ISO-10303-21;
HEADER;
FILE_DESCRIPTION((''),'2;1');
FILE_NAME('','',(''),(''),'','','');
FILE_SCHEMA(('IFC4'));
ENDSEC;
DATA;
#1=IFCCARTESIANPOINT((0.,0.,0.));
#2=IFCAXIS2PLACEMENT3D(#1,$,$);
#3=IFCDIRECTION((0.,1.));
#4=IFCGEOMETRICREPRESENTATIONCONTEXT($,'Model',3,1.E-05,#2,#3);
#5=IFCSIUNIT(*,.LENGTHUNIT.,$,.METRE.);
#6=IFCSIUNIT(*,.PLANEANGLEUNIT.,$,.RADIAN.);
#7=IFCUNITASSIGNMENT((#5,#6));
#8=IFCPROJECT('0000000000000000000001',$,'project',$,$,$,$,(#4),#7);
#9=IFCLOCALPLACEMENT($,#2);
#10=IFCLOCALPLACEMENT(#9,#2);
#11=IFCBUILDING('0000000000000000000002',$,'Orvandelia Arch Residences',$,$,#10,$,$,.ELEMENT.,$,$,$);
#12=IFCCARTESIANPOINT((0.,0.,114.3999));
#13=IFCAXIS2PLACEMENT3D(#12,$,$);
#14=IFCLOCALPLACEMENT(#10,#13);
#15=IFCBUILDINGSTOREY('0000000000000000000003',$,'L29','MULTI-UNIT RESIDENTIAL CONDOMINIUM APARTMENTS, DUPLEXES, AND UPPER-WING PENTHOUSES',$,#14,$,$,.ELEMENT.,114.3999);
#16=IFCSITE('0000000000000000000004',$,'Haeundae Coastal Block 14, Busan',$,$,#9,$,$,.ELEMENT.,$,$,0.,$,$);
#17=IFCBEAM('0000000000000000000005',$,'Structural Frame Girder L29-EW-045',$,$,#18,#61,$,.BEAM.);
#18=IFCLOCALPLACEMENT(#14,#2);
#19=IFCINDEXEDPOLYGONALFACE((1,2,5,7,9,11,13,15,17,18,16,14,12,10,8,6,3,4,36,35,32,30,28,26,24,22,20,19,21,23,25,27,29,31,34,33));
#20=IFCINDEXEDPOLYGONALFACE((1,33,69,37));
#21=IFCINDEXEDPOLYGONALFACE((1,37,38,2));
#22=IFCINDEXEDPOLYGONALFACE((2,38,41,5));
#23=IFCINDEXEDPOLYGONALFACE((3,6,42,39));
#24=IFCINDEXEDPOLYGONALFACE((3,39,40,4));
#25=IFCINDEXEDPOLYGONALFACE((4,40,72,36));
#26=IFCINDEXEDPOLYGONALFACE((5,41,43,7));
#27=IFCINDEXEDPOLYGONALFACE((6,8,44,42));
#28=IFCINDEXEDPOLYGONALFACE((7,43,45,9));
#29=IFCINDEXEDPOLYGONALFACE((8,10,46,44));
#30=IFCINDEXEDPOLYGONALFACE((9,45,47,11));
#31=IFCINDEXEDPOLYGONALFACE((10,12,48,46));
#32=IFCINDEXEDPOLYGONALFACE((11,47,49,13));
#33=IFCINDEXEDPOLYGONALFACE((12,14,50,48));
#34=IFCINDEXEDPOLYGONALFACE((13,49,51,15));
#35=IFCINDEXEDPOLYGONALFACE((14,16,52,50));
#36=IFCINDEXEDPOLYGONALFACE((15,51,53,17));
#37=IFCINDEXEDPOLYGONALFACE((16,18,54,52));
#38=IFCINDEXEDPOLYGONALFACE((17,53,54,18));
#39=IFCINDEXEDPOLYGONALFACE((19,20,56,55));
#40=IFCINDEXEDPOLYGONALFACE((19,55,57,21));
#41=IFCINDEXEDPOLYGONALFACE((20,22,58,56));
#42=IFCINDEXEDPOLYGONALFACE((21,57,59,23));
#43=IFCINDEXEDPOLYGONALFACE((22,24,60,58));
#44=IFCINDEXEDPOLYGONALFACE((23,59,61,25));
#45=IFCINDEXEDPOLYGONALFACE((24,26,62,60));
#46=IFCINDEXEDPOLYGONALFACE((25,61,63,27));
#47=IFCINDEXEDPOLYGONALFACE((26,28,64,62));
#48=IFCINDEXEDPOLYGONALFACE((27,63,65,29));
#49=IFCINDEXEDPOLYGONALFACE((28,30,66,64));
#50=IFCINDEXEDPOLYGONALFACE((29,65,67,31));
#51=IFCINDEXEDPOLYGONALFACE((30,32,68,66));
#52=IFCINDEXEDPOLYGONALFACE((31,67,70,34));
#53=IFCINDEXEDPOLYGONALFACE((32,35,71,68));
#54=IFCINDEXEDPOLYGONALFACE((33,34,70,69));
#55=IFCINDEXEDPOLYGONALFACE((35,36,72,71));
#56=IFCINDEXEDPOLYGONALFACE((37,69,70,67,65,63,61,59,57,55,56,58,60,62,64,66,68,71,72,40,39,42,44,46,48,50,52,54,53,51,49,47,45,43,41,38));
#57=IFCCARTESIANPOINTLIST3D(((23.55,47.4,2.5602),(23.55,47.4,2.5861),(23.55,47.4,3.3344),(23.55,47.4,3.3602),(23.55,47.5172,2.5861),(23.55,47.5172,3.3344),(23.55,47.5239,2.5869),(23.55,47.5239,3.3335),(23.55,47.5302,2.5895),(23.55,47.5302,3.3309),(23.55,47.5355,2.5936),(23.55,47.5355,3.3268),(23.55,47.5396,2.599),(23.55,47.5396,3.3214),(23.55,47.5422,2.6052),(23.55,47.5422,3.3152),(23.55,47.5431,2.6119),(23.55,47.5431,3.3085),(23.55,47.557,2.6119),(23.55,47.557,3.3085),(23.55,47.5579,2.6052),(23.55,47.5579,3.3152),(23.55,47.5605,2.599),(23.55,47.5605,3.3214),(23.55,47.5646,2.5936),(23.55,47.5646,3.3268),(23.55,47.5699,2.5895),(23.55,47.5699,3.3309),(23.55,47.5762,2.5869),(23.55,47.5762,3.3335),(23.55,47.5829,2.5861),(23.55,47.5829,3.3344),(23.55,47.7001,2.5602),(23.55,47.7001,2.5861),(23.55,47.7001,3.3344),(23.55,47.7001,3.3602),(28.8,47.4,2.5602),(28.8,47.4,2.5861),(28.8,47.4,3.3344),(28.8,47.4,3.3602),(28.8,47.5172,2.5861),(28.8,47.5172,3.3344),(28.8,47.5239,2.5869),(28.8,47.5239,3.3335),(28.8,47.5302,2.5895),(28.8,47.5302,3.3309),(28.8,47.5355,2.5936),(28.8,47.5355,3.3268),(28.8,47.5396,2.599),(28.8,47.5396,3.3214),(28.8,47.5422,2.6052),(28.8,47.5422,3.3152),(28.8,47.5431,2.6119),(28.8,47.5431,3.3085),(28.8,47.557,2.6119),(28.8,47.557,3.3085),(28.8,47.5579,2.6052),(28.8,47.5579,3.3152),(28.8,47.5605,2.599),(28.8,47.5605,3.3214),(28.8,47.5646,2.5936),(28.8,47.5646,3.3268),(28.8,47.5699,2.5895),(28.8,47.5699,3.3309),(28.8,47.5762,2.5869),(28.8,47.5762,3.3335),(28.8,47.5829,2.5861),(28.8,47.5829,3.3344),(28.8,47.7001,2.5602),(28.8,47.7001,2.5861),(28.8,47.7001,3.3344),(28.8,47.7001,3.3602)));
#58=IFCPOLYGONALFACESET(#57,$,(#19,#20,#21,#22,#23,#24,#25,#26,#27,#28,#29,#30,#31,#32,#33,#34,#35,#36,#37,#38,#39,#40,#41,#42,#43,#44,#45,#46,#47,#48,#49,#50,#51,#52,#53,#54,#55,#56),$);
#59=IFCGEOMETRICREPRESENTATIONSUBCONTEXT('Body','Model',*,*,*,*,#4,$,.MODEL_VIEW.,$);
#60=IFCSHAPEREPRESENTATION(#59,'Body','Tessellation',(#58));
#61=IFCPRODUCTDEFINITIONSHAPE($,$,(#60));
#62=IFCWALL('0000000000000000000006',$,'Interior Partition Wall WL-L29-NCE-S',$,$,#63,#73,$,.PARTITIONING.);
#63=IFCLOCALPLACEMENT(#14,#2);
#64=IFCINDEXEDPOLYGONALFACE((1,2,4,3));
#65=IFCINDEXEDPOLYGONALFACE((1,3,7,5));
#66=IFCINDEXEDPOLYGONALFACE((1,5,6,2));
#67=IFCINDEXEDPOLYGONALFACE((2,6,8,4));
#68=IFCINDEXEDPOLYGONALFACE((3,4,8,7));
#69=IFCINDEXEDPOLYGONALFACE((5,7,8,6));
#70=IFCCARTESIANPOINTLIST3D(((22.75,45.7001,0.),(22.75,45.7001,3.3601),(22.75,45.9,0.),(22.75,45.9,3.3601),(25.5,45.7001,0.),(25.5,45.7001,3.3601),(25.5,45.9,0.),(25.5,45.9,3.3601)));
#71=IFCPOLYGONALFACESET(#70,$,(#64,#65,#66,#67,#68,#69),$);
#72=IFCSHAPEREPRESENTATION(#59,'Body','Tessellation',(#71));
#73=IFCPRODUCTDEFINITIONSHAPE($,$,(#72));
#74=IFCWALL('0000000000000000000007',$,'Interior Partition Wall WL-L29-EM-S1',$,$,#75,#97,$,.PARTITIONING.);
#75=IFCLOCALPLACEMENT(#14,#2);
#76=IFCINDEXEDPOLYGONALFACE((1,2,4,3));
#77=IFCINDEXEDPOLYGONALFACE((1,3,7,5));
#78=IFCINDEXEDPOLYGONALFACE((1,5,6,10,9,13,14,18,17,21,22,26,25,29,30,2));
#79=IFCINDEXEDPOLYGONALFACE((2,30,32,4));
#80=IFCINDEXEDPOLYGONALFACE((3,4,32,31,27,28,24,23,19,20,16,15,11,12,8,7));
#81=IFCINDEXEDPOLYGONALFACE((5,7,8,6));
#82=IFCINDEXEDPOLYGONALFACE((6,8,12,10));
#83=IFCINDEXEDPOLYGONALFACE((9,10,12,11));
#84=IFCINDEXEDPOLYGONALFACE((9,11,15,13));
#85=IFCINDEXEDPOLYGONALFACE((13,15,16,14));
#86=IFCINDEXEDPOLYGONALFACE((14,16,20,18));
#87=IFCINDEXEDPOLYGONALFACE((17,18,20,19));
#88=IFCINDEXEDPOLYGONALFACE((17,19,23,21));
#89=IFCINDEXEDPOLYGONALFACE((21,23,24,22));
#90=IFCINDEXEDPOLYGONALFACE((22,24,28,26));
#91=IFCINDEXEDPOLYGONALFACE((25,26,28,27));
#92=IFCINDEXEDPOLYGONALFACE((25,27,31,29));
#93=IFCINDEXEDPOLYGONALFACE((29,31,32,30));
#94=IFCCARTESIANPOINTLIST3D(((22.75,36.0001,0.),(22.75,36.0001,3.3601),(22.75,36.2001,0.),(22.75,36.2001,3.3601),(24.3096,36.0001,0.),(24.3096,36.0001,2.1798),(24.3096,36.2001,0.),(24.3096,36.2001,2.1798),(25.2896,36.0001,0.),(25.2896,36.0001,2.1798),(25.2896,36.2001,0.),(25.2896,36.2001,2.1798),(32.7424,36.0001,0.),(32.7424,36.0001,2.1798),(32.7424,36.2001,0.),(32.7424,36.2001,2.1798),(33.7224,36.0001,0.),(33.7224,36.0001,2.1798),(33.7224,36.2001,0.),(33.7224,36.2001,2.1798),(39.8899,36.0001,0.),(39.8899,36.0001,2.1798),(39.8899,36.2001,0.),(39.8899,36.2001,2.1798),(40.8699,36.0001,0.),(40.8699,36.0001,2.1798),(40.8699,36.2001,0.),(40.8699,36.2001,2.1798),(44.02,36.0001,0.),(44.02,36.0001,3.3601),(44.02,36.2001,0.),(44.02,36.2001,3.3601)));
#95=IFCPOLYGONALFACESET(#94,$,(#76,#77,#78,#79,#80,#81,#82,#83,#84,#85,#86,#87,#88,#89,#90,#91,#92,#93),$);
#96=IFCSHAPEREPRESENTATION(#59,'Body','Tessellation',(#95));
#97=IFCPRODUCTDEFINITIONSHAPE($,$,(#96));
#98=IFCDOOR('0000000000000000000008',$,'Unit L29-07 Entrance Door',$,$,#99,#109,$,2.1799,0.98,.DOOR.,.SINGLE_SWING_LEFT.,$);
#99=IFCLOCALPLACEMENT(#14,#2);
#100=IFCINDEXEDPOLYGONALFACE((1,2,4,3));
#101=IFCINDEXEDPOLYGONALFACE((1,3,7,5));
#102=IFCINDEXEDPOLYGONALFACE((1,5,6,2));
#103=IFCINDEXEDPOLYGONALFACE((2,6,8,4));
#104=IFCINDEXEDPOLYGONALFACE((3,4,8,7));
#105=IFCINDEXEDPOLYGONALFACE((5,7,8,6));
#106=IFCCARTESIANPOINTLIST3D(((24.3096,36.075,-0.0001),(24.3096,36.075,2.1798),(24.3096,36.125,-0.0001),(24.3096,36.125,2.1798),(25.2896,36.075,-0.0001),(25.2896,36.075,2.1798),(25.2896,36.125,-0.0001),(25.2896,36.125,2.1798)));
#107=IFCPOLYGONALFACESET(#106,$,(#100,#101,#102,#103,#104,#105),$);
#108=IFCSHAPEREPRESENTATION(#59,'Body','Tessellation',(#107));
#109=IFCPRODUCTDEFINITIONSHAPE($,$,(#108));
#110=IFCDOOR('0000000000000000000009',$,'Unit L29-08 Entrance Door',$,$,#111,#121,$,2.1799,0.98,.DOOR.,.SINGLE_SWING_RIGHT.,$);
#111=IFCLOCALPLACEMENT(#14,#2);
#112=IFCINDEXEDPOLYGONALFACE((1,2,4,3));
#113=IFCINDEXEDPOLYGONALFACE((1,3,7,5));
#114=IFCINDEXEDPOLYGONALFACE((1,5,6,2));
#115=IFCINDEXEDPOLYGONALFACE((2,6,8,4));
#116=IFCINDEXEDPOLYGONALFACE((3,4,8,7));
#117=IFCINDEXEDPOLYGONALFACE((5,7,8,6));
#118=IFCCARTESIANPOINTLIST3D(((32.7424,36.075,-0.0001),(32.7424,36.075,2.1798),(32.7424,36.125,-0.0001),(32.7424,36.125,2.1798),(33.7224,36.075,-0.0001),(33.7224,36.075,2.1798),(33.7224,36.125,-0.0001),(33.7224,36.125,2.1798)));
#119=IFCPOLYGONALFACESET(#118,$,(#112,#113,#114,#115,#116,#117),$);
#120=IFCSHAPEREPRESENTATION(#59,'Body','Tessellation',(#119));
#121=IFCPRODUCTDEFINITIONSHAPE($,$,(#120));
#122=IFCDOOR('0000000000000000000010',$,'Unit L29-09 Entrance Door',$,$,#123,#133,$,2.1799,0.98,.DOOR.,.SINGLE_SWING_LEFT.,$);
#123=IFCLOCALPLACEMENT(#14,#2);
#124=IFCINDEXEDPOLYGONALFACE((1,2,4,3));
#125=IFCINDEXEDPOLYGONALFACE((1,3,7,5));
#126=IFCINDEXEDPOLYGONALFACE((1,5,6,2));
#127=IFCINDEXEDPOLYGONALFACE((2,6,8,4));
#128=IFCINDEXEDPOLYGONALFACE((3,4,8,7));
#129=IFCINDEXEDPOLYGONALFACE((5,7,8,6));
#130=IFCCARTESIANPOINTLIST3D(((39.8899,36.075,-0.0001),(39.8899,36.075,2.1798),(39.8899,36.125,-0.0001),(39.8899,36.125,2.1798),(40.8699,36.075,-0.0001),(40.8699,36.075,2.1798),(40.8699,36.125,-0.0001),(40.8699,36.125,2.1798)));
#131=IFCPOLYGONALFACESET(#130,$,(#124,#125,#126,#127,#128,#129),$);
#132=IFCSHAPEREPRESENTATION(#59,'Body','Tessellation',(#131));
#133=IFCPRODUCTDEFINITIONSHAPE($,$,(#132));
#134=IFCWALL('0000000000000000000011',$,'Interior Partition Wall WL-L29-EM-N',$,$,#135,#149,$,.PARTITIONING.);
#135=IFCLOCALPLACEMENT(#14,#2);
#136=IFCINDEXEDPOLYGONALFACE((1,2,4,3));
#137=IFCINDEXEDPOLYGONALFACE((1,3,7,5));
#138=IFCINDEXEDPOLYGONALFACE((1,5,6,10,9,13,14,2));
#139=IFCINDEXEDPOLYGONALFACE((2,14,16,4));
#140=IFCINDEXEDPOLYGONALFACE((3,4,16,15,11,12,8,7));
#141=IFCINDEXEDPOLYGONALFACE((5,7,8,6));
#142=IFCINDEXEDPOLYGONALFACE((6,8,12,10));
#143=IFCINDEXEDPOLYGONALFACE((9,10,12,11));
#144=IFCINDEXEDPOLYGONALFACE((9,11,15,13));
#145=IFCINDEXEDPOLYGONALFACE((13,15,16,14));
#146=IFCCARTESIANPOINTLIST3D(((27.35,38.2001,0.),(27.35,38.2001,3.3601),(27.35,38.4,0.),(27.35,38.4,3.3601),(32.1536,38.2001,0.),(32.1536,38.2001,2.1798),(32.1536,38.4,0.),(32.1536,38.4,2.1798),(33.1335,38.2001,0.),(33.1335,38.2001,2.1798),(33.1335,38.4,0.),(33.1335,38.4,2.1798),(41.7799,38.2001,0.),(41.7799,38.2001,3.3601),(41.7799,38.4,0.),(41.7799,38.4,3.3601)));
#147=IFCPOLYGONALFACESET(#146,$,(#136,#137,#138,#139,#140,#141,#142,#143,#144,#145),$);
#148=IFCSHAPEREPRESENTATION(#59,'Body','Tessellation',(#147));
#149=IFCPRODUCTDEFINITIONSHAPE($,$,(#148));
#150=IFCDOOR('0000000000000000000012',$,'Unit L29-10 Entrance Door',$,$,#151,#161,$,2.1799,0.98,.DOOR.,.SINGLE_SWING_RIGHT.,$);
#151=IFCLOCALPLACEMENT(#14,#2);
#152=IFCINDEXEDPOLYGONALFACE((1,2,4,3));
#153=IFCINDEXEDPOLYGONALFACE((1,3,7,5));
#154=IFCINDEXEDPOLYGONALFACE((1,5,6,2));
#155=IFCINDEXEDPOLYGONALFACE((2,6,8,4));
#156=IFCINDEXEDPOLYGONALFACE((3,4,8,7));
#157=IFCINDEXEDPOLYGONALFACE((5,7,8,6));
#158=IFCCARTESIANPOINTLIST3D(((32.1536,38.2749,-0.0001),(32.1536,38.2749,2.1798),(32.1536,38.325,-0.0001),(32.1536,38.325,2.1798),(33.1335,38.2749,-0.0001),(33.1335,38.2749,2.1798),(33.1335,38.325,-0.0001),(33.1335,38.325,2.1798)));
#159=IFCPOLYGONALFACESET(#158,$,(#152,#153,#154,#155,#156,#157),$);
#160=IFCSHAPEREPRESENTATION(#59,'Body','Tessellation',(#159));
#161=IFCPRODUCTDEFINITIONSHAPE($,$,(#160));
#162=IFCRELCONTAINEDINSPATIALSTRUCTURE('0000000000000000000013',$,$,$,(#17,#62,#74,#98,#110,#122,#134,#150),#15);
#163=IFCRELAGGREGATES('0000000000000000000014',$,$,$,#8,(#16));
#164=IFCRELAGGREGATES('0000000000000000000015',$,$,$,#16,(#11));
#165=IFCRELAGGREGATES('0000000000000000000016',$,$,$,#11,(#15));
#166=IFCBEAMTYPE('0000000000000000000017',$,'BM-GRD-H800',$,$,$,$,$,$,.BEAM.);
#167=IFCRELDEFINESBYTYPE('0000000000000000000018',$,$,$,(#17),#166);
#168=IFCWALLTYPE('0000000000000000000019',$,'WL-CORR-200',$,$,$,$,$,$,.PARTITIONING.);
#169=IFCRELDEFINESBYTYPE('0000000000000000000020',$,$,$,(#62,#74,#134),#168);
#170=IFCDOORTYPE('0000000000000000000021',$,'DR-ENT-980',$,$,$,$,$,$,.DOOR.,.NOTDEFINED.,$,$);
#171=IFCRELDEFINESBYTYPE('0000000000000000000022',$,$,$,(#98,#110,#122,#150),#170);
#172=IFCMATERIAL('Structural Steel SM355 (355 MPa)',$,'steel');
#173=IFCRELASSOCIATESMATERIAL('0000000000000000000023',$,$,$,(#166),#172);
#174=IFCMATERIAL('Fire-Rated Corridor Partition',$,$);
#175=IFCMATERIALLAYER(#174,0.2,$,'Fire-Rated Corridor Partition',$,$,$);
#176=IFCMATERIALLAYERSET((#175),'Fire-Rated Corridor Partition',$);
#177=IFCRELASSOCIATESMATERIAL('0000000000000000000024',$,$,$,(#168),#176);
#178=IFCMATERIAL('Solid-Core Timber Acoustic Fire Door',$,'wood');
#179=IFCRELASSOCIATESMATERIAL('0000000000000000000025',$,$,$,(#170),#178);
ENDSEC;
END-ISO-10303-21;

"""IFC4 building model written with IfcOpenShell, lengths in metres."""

from ifc_helpers import new_model, si_unit, direction, frame, frame_2d, origin, origin_2d, place, context, subcontext, project, spatial, rectangle, i_section, extrude, material, layer, layer_set, material_profile, profile_set, type_object, element, fill, save


model = new_model("IFC4")

# Units and contexts
model_context = context("Model", 3, precision=1e-05, world=origin(), true_north=direction((0.0, 1.0)))
body_context = subcontext(model_context, "Body", "Model", "MODEL_VIEW")
ifc_project = project(units=[si_unit("LENGTHUNIT", "METRE"), si_unit("PLANEANGLEUNIT", "RADIAN")], contexts=[model_context])

# Site, building, storey
site_placement = place(None, origin())
site = spatial("IfcSite", under=ifc_project, at=site_placement, Name="Haeundae Coastal Block 14, Busan", CompositionType="ELEMENT", RefElevation=0.0)
building_placement = place(site_placement, origin())
building = spatial("IfcBuilding", under=site, at=building_placement, Name="Orvandelia Arch Residences", CompositionType="ELEMENT")
storey_placement = place(building_placement, frame((0.0, 0.0, 114.3999)))
storey = spatial("IfcBuildingStorey", under=building, at=storey_placement, Name="L29", Description="MULTI-UNIT RESIDENTIAL CONDOMINIUM APARTMENTS, DUPLEXES, AND UPPER-WING PENTHOUSES", CompositionType="ELEMENT", Elevation=114.3999)

# Beam
ifc_material_1 = material(Name="Structural Steel SM355 (355 MPa)", Category="steel")
ifc_material_profile_1 = material_profile(ifc_material_1, i_section(OverallWidth=0.3, OverallDepth=0.8, WebThickness=0.0139, FlangeThickness=0.0259, FilletRadius=0.0259, at=origin_2d()), Name="Structural Steel SM355 (355 MPa)", Category="steel")
ifc_profile_set_1 = profile_set([ifc_material_profile_1], Name="Structural Steel SM355 (355 MPa)")
beam_type = type_object("IfcBeamType", Name="BM-GRD-H800", PredefinedType="BEAM", material=ifc_profile_set_1)
beam_1_placement = place(storey_placement, frame((23.55, 47.55, 2.9602), z_axis=(1.0, 0.0, 0.0), x_axis=(0.0, 1.0, 0.0)))
element("IfcBeam", 1, at=beam_1_placement, inside=storey, type_object=beam_type, Name="Structural Frame Girder L29-EW-045", PredefinedType="BEAM", context=body_context, shape_type="SweptSolid", body=[
    extrude(i_section(OverallWidth=0.3, OverallDepth=0.8, WebThickness=0.0139, FlangeThickness=0.0259, FilletRadius=0.0259, at=origin_2d()), origin(), (0.0, 0.0, 1.0), 5.25),
])

# Wall
ifc_material_2 = material(Name="Fire-Rated Corridor Partition")
ifc_layer_1 = layer(ifc_material_2, 0.2, Name="Fire-Rated Corridor Partition")
ifc_layer_set_1 = layer_set([ifc_layer_1], Name="Fire-Rated Corridor Partition")
wall_type_1 = type_object("IfcWallType", Name="WL-CORR-200", PredefinedType="PARTITIONING", material=ifc_layer_set_1)
wall_1_placement = place(storey_placement, frame((22.75, 45.8, 0.0), z_axis=(0.0, 0.0, 1.0), x_axis=(1.0, 0.0, 0.0)))
element("IfcWall", 2, at=wall_1_placement, inside=storey, type_object=wall_type_1, Name="Interior Partition Wall WL-L29-NCE-S", PredefinedType="PARTITIONING", context=body_context, shape_type="SweptSolid", body=[
    extrude(rectangle(XDim=2.75, YDim=0.2, at=frame_2d((1.375, 0.0))), origin(), (0.0, 0.0, 1.0), 3.3601),
])

# Wall, openings, doors
wall_2_placement = place(storey_placement, frame((22.75, 36.1001, 0.0), z_axis=(0.0, 0.0, 1.0), x_axis=(1.0, 0.0, 0.0)))
wall_2 = element("IfcWall", 3, at=wall_2_placement, inside=storey, type_object=wall_type_1, Name="Interior Partition Wall WL-L29-EM-S1", PredefinedType="PARTITIONING", context=body_context, shape_type="SweptSolid", body=[
    extrude(rectangle(XDim=21.27, YDim=0.2, at=frame_2d((10.635, 0.0))), origin(), (0.0, 0.0, 1.0), 3.3601),
])
opening_1_placement = place(wall_2_placement, frame((1.5596, 0.0, 0.0)))
opening_1 = element("IfcOpeningElement", 4, at=opening_1_placement, cuts=wall_2, PredefinedType="OPENING", context=body_context, shape_type="SweptSolid", body=[
    extrude(rectangle(XDim=0.98, YDim=2.1799, at=frame_2d((0.49, 1.0898))), frame((0.0, 0.1099, 0.0), z_axis=(0.0, -1.0, 0.0), x_axis=(1.0, 0.0, 0.0)), (0.0, 0.0, 1.0), 0.22),
])
opening_2_placement = place(wall_2_placement, frame((9.9924, 0.0, 0.0)))
opening_2 = element("IfcOpeningElement", 5, at=opening_2_placement, cuts=wall_2, PredefinedType="OPENING", context=body_context, shape_type="SweptSolid", body=[
    extrude(rectangle(XDim=0.98, YDim=2.1799, at=frame_2d((0.49, 1.0898))), frame((0.0, 0.1099, 0.0), z_axis=(0.0, -1.0, 0.0), x_axis=(1.0, 0.0, 0.0)), (0.0, 0.0, 1.0), 0.22),
])
opening_3_placement = place(wall_2_placement, frame((17.1399, 0.0, 0.0)))
opening_3 = element("IfcOpeningElement", 6, at=opening_3_placement, cuts=wall_2, PredefinedType="OPENING", context=body_context, shape_type="SweptSolid", body=[
    extrude(rectangle(XDim=0.98, YDim=2.1799, at=frame_2d((0.49, 1.0898))), frame((0.0, 0.1099, 0.0), z_axis=(0.0, -1.0, 0.0), x_axis=(1.0, 0.0, 0.0)), (0.0, 0.0, 1.0), 0.22),
])
ifc_material_3 = material(Name="Solid-Core Timber Acoustic Fire Door", Category="wood")
door_type_1 = type_object("IfcDoorType", Name="DR-ENT-980", OperationType="NOTDEFINED", PredefinedType="DOOR", material=ifc_material_3)
door_1_placement = place(opening_1_placement, origin())
door_1 = element("IfcDoor", 7, at=door_1_placement, inside=storey, type_object=door_type_1, Name="Unit L29-07 Entrance Door", OperationType="SINGLE_SWING_LEFT", OverallHeight=2.1799, OverallWidth=0.98, PredefinedType="DOOR", context=body_context, shape_type="SweptSolid", body=[
    extrude(rectangle(XDim=0.98, YDim=2.1799, at=frame_2d((0.49, 1.0898))), frame((0.0, 0.0249, 0.0), z_axis=(0.0, -1.0, 0.0), x_axis=(1.0, 0.0, 0.0)), (0.0, 0.0, 1.0), 0.05),
])
fill(opening_1, door_1)
door_2_placement = place(opening_2_placement, origin())
door_2 = element("IfcDoor", 8, at=door_2_placement, inside=storey, type_object=door_type_1, Name="Unit L29-08 Entrance Door", OperationType="SINGLE_SWING_RIGHT", OverallHeight=2.1799, OverallWidth=0.98, PredefinedType="DOOR", context=body_context, shape_type="SweptSolid", body=[
    extrude(rectangle(XDim=0.98, YDim=2.1799, at=frame_2d((0.49, 1.0898))), frame((0.0, 0.0249, 0.0), z_axis=(0.0, -1.0, 0.0), x_axis=(1.0, 0.0, 0.0)), (0.0, 0.0, 1.0), 0.05),
])
fill(opening_2, door_2)
door_3_placement = place(opening_3_placement, origin())
door_3 = element("IfcDoor", 9, at=door_3_placement, inside=storey, type_object=door_type_1, Name="Unit L29-09 Entrance Door", OperationType="SINGLE_SWING_LEFT", OverallHeight=2.1799, OverallWidth=0.98, PredefinedType="DOOR", context=body_context, shape_type="SweptSolid", body=[
    extrude(rectangle(XDim=0.98, YDim=2.1799, at=frame_2d((0.49, 1.0898))), frame((0.0, 0.0249, 0.0), z_axis=(0.0, -1.0, 0.0), x_axis=(1.0, 0.0, 0.0)), (0.0, 0.0, 1.0), 0.05),
])
fill(opening_3, door_3)

# Wall, opening, door
wall_3_placement = place(storey_placement, frame((27.3501, 38.3, 0.0), z_axis=(0.0, 0.0, 1.0), x_axis=(1.0, 0.0, 0.0)))
wall_3 = element("IfcWall", 10, at=wall_3_placement, inside=storey, type_object=wall_type_1, Name="Interior Partition Wall WL-L29-EM-N", PredefinedType="PARTITIONING", context=body_context, shape_type="SweptSolid", body=[
    extrude(rectangle(XDim=14.4299, YDim=0.2, at=frame_2d((7.2148, 0.0))), origin(), (0.0, 0.0, 1.0), 3.3601),
])
opening_4_placement = place(wall_3_placement, frame((4.8035, 0.0, 0.0)))
opening_4 = element("IfcOpeningElement", 11, at=opening_4_placement, cuts=wall_3, PredefinedType="OPENING", context=body_context, shape_type="SweptSolid", body=[
    extrude(rectangle(XDim=0.98, YDim=2.1799, at=frame_2d((0.49, 1.0898))), frame((0.0, 0.1099, 0.0), z_axis=(0.0, -1.0, 0.0), x_axis=(1.0, 0.0, 0.0)), (0.0, 0.0, 1.0), 0.22),
])
door_4_placement = place(opening_4_placement, origin())
door_4 = element("IfcDoor", 12, at=door_4_placement, inside=storey, type_object=door_type_1, Name="Unit L29-10 Entrance Door", OperationType="SINGLE_SWING_RIGHT", OverallHeight=2.1799, OverallWidth=0.98, PredefinedType="DOOR", context=body_context, shape_type="SweptSolid", body=[
    extrude(rectangle(XDim=0.98, YDim=2.1799, at=frame_2d((0.49, 1.0898))), frame((0.0, 0.0249, 0.0), z_axis=(0.0, -1.0, 0.0), x_axis=(1.0, 0.0, 0.0)), (0.0, 0.0, 1.0), 0.05),
])
fill(opening_4, door_4)

save(model, "model.ifc")
